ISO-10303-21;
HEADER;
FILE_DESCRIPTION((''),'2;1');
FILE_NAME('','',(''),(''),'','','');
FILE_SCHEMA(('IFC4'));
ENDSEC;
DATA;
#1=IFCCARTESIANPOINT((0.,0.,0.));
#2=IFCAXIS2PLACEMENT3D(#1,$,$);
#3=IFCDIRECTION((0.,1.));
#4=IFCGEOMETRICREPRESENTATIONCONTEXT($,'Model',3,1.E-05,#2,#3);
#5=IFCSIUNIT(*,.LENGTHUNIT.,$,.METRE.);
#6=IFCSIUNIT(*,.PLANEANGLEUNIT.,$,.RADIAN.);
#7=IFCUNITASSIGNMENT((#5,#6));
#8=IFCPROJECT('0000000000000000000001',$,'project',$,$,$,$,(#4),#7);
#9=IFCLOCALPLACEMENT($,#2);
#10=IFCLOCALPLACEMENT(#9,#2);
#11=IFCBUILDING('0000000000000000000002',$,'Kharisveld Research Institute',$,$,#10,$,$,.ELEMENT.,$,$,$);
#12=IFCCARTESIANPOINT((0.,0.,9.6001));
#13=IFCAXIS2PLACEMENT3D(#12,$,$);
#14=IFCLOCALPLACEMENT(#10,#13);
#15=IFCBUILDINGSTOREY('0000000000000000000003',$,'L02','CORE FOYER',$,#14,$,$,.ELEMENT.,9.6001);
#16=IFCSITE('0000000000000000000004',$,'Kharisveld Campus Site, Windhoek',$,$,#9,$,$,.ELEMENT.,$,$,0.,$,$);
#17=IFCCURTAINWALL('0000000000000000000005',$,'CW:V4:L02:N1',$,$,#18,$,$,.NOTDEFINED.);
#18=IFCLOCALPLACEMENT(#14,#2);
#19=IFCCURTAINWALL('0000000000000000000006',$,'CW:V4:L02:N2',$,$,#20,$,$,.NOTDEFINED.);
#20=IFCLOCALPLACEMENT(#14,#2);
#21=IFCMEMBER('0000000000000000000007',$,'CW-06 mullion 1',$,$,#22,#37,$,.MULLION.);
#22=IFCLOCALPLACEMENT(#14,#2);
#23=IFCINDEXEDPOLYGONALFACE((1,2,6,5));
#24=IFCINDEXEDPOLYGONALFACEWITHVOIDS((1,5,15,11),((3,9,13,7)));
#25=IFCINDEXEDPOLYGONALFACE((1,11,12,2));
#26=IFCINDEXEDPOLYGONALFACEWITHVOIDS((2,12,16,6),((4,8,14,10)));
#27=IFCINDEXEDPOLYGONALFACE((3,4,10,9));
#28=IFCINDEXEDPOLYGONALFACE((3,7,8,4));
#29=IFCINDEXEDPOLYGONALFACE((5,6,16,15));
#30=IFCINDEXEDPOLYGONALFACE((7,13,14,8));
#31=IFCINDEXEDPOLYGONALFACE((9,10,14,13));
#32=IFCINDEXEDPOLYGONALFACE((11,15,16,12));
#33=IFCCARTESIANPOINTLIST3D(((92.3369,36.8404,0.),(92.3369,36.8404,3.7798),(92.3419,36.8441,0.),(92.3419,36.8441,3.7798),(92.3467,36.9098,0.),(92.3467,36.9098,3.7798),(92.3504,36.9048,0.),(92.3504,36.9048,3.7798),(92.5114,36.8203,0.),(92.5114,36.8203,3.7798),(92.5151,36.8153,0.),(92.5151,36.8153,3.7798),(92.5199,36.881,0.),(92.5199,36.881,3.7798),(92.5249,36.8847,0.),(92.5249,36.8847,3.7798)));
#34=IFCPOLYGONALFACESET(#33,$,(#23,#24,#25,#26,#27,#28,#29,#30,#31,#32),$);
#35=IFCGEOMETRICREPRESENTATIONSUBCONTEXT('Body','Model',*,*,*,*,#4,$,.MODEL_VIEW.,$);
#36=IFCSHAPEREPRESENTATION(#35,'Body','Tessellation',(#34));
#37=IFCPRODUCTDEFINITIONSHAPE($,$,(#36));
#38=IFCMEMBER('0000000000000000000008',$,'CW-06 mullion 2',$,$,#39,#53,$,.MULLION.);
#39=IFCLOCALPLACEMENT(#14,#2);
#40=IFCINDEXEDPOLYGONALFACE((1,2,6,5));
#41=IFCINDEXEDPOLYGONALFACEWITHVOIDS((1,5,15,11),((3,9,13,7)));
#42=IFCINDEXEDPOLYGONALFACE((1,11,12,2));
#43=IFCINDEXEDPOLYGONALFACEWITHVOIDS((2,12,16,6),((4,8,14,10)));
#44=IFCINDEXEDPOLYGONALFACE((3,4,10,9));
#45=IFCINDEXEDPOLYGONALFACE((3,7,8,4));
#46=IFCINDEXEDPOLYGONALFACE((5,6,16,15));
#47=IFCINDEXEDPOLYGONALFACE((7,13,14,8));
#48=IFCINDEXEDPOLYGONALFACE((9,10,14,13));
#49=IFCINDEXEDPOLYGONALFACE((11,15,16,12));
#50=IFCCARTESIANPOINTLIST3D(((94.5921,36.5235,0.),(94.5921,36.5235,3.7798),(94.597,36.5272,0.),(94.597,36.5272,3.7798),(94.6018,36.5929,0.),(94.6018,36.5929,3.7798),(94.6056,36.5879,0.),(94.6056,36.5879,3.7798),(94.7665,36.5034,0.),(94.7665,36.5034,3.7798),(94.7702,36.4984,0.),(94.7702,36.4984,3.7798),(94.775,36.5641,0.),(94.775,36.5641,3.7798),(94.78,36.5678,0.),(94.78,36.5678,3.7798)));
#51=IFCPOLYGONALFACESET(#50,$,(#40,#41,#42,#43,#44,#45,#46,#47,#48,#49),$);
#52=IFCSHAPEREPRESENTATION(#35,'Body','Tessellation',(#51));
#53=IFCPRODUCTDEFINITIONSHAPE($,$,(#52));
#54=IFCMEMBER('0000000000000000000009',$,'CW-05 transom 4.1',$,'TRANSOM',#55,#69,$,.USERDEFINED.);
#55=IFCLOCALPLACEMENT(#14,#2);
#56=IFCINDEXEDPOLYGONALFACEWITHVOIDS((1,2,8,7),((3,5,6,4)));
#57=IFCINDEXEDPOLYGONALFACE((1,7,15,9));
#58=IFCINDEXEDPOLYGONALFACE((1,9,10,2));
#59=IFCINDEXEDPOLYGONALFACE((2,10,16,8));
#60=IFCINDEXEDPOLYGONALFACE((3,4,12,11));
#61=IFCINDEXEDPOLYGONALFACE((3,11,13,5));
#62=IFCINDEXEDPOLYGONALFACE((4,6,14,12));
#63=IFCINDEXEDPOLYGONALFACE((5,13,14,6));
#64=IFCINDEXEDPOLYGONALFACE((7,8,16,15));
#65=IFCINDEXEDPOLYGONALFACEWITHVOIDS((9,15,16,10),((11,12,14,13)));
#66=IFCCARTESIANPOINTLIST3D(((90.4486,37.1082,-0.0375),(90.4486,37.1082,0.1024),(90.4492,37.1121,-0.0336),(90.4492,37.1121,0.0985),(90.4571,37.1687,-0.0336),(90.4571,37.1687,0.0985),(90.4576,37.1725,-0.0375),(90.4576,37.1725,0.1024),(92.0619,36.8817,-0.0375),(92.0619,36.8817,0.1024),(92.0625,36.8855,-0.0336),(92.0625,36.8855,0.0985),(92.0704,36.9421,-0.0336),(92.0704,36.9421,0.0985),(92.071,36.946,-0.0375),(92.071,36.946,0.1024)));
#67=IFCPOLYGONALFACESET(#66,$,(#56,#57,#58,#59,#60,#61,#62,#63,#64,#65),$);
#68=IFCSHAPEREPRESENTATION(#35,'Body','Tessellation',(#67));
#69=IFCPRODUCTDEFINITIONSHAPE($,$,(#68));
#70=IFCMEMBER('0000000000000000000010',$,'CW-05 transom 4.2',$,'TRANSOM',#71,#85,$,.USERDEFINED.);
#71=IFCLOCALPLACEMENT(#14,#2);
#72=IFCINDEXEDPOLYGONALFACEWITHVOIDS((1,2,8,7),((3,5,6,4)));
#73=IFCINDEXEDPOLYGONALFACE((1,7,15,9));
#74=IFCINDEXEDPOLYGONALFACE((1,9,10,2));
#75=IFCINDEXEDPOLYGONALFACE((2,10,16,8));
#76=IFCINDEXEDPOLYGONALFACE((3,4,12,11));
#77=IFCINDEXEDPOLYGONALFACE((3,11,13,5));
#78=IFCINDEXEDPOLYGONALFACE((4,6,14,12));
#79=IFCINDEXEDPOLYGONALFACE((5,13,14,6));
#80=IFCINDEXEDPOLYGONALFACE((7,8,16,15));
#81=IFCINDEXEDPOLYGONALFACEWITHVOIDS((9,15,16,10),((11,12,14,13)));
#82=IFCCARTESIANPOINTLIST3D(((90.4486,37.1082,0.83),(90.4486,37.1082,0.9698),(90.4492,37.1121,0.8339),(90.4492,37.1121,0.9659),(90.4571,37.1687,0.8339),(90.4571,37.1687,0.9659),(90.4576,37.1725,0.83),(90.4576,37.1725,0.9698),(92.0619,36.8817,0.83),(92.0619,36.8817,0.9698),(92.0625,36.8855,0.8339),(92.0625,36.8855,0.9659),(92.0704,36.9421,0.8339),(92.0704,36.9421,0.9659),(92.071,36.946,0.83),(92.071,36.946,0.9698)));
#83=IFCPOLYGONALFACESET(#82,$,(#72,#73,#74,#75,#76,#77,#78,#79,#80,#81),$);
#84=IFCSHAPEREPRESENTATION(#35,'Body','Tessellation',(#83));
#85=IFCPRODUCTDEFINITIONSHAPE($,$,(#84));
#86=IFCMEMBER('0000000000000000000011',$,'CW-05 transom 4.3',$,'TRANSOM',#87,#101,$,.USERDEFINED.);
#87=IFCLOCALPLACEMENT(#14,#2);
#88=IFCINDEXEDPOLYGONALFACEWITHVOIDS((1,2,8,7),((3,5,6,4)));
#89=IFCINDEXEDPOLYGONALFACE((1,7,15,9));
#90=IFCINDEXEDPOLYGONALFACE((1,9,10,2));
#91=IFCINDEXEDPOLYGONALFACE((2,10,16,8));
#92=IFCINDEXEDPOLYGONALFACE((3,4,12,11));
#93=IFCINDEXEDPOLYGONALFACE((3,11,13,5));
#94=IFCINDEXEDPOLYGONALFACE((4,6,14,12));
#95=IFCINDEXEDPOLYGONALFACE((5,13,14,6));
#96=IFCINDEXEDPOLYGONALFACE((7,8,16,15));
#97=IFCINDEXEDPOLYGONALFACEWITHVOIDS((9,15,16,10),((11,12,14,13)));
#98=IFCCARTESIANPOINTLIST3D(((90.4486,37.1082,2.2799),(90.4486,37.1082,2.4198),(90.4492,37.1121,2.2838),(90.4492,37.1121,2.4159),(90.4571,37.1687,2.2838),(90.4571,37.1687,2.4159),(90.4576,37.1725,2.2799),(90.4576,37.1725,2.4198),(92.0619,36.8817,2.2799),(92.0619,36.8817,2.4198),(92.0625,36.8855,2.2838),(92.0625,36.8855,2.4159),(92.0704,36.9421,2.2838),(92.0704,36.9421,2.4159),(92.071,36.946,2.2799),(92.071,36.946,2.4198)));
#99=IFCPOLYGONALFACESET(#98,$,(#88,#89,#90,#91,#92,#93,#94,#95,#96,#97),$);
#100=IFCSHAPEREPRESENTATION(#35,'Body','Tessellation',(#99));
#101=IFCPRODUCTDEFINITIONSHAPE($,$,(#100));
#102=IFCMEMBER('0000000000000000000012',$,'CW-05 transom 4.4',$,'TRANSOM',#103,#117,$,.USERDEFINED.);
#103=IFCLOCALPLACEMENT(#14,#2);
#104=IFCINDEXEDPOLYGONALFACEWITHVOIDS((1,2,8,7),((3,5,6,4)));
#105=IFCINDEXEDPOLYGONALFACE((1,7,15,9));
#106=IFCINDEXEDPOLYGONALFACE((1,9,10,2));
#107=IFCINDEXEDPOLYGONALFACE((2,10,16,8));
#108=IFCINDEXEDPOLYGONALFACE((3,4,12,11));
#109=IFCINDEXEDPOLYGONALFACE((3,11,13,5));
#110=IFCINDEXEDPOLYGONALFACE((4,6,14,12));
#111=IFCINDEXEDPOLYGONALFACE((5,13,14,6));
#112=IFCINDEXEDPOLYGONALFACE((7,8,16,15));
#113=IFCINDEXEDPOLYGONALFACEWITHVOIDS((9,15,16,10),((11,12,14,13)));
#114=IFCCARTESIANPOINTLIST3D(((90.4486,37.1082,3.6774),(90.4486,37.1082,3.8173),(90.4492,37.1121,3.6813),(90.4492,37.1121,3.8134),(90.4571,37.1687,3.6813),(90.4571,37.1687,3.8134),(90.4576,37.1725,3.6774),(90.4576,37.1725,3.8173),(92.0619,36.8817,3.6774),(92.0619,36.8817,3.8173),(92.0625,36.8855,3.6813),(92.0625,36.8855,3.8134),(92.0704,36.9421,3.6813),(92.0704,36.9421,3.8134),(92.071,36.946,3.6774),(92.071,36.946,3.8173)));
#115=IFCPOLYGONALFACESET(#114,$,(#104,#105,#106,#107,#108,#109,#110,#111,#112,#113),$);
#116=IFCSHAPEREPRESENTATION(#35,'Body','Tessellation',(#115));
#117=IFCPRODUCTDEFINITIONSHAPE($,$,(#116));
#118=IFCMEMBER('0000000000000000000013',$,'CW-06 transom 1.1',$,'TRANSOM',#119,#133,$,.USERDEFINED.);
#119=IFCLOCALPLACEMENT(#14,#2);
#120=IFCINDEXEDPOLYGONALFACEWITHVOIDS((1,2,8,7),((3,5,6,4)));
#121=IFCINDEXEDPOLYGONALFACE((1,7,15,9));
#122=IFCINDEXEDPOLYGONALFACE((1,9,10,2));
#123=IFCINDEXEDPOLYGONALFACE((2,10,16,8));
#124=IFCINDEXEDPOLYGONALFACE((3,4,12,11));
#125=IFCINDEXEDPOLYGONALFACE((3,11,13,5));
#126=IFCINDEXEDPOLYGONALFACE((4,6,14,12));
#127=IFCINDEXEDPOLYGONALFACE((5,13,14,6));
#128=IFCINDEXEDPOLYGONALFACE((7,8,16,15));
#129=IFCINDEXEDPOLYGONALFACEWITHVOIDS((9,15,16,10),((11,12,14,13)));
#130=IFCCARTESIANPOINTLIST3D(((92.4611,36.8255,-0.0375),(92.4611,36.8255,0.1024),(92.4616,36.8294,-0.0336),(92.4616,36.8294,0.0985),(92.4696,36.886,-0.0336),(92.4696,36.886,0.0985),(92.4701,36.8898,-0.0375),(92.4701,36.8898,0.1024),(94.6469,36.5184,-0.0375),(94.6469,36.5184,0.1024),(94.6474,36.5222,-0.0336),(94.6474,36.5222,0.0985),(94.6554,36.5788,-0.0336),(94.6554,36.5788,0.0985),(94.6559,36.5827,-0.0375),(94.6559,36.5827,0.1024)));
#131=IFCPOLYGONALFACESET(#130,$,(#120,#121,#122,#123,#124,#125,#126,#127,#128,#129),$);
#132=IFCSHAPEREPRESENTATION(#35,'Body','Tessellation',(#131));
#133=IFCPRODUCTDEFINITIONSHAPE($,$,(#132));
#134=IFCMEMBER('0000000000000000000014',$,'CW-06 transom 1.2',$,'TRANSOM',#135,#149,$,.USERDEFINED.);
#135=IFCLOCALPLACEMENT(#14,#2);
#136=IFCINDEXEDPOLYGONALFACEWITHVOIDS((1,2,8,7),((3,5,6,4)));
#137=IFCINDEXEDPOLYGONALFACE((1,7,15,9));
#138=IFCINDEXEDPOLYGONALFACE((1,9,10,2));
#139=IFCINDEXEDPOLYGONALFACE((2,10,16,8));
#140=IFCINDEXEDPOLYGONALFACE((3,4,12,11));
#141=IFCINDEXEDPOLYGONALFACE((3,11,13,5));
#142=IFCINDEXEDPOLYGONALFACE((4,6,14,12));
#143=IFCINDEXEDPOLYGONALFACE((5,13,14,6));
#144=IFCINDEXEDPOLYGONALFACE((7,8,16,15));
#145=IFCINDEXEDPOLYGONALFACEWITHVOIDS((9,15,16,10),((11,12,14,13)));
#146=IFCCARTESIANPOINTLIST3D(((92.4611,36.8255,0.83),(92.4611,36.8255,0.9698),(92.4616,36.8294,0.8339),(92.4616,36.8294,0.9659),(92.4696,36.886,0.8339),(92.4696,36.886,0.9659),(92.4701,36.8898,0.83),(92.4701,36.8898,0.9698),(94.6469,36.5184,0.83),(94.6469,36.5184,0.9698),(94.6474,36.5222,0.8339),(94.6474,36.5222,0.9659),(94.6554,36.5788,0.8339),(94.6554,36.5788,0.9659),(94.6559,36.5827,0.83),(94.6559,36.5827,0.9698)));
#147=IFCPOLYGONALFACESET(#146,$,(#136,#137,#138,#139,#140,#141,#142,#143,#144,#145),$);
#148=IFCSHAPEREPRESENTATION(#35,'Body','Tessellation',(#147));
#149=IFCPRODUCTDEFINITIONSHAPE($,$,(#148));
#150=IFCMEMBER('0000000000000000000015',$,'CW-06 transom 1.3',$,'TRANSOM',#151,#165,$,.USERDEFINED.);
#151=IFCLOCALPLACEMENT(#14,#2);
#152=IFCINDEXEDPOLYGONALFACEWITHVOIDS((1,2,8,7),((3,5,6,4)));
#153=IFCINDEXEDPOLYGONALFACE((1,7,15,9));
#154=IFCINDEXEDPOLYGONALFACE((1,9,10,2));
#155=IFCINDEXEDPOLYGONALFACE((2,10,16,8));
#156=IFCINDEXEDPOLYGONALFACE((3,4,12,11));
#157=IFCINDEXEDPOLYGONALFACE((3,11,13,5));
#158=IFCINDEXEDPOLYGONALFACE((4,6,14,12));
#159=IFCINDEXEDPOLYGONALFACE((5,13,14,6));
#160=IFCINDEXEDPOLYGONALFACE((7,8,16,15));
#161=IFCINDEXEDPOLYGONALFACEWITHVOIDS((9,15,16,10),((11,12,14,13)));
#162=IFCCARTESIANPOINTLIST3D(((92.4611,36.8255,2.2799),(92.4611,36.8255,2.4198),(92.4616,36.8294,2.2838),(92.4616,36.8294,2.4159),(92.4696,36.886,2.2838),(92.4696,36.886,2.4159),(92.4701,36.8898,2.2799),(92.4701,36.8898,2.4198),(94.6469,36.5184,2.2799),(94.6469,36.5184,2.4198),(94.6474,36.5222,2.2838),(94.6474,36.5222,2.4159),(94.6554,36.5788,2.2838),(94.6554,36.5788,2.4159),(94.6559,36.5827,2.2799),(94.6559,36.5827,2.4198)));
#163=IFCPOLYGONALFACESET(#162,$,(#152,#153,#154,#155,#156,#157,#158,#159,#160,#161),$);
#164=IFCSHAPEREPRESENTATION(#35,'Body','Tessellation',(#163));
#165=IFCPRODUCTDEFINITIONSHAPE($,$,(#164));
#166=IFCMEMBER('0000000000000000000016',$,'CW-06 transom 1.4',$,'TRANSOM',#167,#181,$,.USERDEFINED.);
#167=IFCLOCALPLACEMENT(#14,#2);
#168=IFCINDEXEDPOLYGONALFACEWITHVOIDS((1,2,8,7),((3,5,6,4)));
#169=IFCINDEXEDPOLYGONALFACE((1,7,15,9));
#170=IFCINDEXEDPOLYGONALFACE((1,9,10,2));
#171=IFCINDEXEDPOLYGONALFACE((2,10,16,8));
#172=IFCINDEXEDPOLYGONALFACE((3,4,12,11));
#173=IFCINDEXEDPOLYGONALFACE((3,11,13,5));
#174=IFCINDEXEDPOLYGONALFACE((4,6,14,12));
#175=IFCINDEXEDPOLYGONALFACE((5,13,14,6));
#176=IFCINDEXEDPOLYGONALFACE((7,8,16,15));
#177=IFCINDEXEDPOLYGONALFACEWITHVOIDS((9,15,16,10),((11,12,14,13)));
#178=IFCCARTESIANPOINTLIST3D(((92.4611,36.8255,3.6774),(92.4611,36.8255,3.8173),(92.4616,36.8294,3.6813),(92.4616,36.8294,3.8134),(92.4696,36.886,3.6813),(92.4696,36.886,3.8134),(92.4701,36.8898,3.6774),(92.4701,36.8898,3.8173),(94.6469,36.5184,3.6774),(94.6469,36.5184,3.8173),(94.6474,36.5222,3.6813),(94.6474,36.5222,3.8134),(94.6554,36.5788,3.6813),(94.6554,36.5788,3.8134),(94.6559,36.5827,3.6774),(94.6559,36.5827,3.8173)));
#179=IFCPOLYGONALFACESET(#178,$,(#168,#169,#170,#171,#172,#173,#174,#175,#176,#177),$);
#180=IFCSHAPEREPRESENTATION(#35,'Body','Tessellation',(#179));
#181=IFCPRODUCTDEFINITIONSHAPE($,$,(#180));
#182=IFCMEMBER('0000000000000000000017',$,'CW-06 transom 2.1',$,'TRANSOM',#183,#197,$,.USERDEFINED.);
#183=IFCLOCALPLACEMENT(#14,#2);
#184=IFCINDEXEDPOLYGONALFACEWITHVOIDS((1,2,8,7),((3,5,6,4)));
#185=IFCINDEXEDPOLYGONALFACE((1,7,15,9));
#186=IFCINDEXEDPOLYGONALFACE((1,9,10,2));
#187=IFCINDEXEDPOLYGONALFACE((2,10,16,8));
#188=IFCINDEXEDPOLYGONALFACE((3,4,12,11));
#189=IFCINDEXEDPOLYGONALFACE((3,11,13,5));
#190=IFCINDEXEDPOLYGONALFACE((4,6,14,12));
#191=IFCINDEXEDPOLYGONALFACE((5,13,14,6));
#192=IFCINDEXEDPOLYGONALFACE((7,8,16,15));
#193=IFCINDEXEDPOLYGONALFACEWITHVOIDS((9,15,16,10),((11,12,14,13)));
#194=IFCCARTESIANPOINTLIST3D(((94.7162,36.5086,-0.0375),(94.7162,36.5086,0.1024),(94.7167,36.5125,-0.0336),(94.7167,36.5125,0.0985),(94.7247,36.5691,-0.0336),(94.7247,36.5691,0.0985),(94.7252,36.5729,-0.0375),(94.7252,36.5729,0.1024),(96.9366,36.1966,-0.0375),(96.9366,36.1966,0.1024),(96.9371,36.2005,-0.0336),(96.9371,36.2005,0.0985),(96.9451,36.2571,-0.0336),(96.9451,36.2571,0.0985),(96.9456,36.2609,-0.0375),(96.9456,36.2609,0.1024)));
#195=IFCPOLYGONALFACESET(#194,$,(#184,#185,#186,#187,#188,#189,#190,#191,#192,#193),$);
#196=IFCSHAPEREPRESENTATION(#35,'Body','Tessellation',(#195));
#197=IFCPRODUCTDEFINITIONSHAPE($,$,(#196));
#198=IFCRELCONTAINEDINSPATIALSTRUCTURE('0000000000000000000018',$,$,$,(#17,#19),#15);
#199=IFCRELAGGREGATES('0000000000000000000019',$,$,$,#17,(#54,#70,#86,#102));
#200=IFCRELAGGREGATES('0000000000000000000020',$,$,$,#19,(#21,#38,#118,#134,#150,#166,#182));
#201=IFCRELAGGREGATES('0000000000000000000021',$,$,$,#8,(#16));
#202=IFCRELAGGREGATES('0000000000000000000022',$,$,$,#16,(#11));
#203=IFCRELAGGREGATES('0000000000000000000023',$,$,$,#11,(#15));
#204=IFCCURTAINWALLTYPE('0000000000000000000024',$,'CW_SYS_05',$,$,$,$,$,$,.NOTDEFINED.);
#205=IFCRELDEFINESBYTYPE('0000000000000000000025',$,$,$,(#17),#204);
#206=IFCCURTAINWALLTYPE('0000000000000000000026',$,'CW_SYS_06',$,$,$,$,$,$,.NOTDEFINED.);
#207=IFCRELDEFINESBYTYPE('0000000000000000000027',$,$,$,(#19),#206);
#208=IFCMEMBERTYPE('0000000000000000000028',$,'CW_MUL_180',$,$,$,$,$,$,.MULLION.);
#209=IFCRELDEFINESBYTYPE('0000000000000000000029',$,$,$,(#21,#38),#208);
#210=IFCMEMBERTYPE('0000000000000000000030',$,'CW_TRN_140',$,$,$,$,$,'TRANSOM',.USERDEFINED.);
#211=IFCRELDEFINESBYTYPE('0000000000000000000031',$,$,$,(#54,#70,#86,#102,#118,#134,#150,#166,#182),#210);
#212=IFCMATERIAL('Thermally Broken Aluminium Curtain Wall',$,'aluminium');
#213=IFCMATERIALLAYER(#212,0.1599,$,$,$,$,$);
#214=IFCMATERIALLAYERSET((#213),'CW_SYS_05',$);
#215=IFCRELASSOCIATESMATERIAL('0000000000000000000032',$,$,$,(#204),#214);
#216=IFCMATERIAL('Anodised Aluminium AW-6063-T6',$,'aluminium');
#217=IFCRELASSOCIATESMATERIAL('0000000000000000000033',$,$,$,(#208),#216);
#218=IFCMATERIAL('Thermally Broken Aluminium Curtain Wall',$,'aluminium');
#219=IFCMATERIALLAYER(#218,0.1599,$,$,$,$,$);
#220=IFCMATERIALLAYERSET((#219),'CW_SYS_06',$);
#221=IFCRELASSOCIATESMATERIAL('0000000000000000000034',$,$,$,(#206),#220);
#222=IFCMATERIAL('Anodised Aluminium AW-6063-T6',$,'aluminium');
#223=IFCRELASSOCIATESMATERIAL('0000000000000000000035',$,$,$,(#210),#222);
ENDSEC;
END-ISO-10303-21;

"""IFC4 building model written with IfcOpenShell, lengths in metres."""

from ifc_helpers import new_model, si_unit, direction, frame, origin, origin_2d, place, context, subcontext, project, spatial, hollow_rectangle, extrude, material, layer, layer_set, material_profile, profile_set, type_object, element, aggregate, save


model = new_model("IFC4")

# Units and contexts
model_context = context("Model", 3, precision=1e-05, world=origin(), true_north=direction((0.0, 1.0)))
body_context = subcontext(model_context, "Body", "Model", "MODEL_VIEW")
ifc_project = project(units=[si_unit("LENGTHUNIT", "METRE"), si_unit("PLANEANGLEUNIT", "RADIAN")], contexts=[model_context])

# Site, building, storey
site_placement = place(None, origin())
site = spatial("IfcSite", under=ifc_project, at=site_placement, Name="Kharisveld Campus Site, Windhoek", CompositionType="ELEMENT", RefElevation=0.0)
building_placement = place(site_placement, origin())
building = spatial("IfcBuilding", under=site, at=building_placement, Name="Kharisveld Research Institute", CompositionType="ELEMENT")
storey_placement = place(building_placement, frame((0.0, 0.0, 9.6001)))
storey = spatial("IfcBuildingStorey", under=building, at=storey_placement, Name="L02", Description="CORE FOYER", CompositionType="ELEMENT", Elevation=9.6001)

# Curtain walls, members
ifc_material_1 = material(Name="Thermally Broken Aluminium Curtain Wall", Category="aluminium")
ifc_layer_1 = layer(ifc_material_1, 0.1599)
ifc_layer_set_1 = layer_set([ifc_layer_1], Name="CW_SYS_05")
curtain_wall_type_1 = type_object("IfcCurtainWallType", Name="CW_SYS_05", PredefinedType="NOTDEFINED", material=ifc_layer_set_1)
curtain_wall_1_placement = place(storey_placement, origin())
curtain_wall_1 = element("IfcCurtainWall", 1, at=curtain_wall_1_placement, inside=storey, type_object=curtain_wall_type_1, Name="CW:V4:L02:N1", PredefinedType="NOTDEFINED")
ifc_material_2 = material(Name="Anodised Aluminium AW-6063-T6", Category="aluminium")
ifc_material_profile_1 = material_profile(ifc_material_2, hollow_rectangle(XDim=0.0701, YDim=0.1799, WallThickness=0.0044, at=origin_2d()))
ifc_profile_set_1 = profile_set([ifc_material_profile_1], Name="Anodised Aluminium AW-6063-T6")
member_type_1 = type_object("IfcMemberType", Name="CW_MUL_180", PredefinedType="MULLION", material=ifc_profile_set_1)
ifc_material_3 = material(Name="Thermally Broken Aluminium Curtain Wall", Category="aluminium")
ifc_layer_2 = layer(ifc_material_3, 0.1599)
ifc_layer_set_2 = layer_set([ifc_layer_2], Name="CW_SYS_06")
curtain_wall_type_2 = type_object("IfcCurtainWallType", Name="CW_SYS_06", PredefinedType="NOTDEFINED", material=ifc_layer_set_2)
curtain_wall_2_placement = place(storey_placement, origin())
curtain_wall_2 = element("IfcCurtainWall", 2, at=curtain_wall_2_placement, inside=storey, type_object=curtain_wall_type_2, Name="CW:V4:L02:N2", PredefinedType="NOTDEFINED")
member_1_placement = place(storey_placement, frame((92.4309, 36.8625, 0.0), z_axis=(0.0, 0.0, 1.0), x_axis=(0.139173, 0.990268, 0.0)))
member_1 = element("IfcMember", 3, at=member_1_placement, type_object=member_type_1, Name="CW-06 mullion 1", PredefinedType="MULLION", context=body_context, shape_type="SweptSolid", body=[
    extrude(hollow_rectangle(XDim=0.0701, YDim=0.1799, WallThickness=0.0044, at=origin_2d()), origin(), (0.0, 0.0, 1.0), 3.7798),
])
member_2_placement = place(storey_placement, frame((94.686, 36.5457, 0.0), z_axis=(0.0, 0.0, 1.0), x_axis=(0.139173, 0.990268, 0.0)))
member_2 = element("IfcMember", 4, at=member_2_placement, type_object=member_type_1, Name="CW-06 mullion 2", PredefinedType="MULLION", context=body_context, shape_type="SweptSolid", body=[
    extrude(hollow_rectangle(XDim=0.0701, YDim=0.1799, WallThickness=0.0044, at=origin_2d()), origin(), (0.0, 0.0, 1.0), 3.7798),
])

# Members
ifc_material_4 = material(Name="Anodised Aluminium AW-6063-T6", Category="aluminium")
ifc_material_profile_2 = material_profile(ifc_material_4, hollow_rectangle(XDim=0.0649, YDim=0.1399, WallThickness=0.0039, at=origin_2d()))
ifc_profile_set_2 = profile_set([ifc_material_profile_2], Name="Anodised Aluminium AW-6063-T6")
member_type_2 = type_object("IfcMemberType", Name="CW_TRN_140", ElementType="TRANSOM", PredefinedType="USERDEFINED", material=ifc_profile_set_2)
member_3_placement = place(storey_placement, frame((90.4531, 37.1404, 0.0325), z_axis=(0.990282, -0.139071, 0.0), x_axis=(0.139071, 0.990282, 0.0)))
member_3 = element("IfcMember", 5, at=member_3_placement, type_object=member_type_2, Name="CW-05 transom 4.1", ObjectType="TRANSOM", PredefinedType="USERDEFINED", context=body_context, shape_type="SweptSolid", body=[
    extrude(hollow_rectangle(XDim=0.0649, YDim=0.1399, WallThickness=0.0039, at=origin_2d()), origin(), (0.0, 0.0, 1.0), 1.6292),
])
member_4_placement = place(storey_placement, frame((90.4531, 37.1404, 0.8999), z_axis=(0.990282, -0.139071, 0.0), x_axis=(0.139071, 0.990282, 0.0)))
member_4 = element("IfcMember", 6, at=member_4_placement, type_object=member_type_2, Name="CW-05 transom 4.2", ObjectType="TRANSOM", PredefinedType="USERDEFINED", context=body_context, shape_type="SweptSolid", body=[
    extrude(hollow_rectangle(XDim=0.0649, YDim=0.1399, WallThickness=0.0039, at=origin_2d()), origin(), (0.0, 0.0, 1.0), 1.6292),
])
member_5_placement = place(storey_placement, frame((90.4531, 37.1404, 2.3499), z_axis=(0.990282, -0.139071, 0.0), x_axis=(0.139071, 0.990282, 0.0)))
member_5 = element("IfcMember", 7, at=member_5_placement, type_object=member_type_2, Name="CW-05 transom 4.3", ObjectType="TRANSOM", PredefinedType="USERDEFINED", context=body_context, shape_type="SweptSolid", body=[
    extrude(hollow_rectangle(XDim=0.0649, YDim=0.1399, WallThickness=0.0039, at=origin_2d()), origin(), (0.0, 0.0, 1.0), 1.6292),
])
member_6_placement = place(storey_placement, frame((90.4531, 37.1404, 3.7473), z_axis=(0.990282, -0.139071, 0.0), x_axis=(0.139071, 0.990282, 0.0)))
member_6 = element("IfcMember", 8, at=member_6_placement, type_object=member_type_2, Name="CW-05 transom 4.4", ObjectType="TRANSOM", PredefinedType="USERDEFINED", context=body_context, shape_type="SweptSolid", body=[
    extrude(hollow_rectangle(XDim=0.0649, YDim=0.1399, WallThickness=0.0039, at=origin_2d()), origin(), (0.0, 0.0, 1.0), 1.6292),
])
member_7_placement = place(storey_placement, frame((92.4656, 36.8577, 0.0325), z_axis=(0.990272, -0.139145, 0.0), x_axis=(0.139145, 0.990272, 0.0)))
member_7 = element("IfcMember", 9, at=member_7_placement, type_object=member_type_2, Name="CW-06 transom 1.1", ObjectType="TRANSOM", PredefinedType="USERDEFINED", context=body_context, shape_type="SweptSolid", body=[
    extrude(hollow_rectangle(XDim=0.0649, YDim=0.1399, WallThickness=0.0039, at=origin_2d()), origin(), (0.0, 0.0, 1.0), 2.2073),
])
member_8_placement = place(storey_placement, frame((92.4656, 36.8577, 0.8999), z_axis=(0.990272, -0.139145, 0.0), x_axis=(0.139145, 0.990272, 0.0)))
member_8 = element("IfcMember", 10, at=member_8_placement, type_object=member_type_2, Name="CW-06 transom 1.2", ObjectType="TRANSOM", PredefinedType="USERDEFINED", context=body_context, shape_type="SweptSolid", body=[
    extrude(hollow_rectangle(XDim=0.0649, YDim=0.1399, WallThickness=0.0039, at=origin_2d()), origin(), (0.0, 0.0, 1.0), 2.2073),
])
member_9_placement = place(storey_placement, frame((92.4656, 36.8577, 2.3499), z_axis=(0.990272, -0.139145, 0.0), x_axis=(0.139145, 0.990272, 0.0)))
member_9 = element("IfcMember", 11, at=member_9_placement, type_object=member_type_2, Name="CW-06 transom 1.3", ObjectType="TRANSOM", PredefinedType="USERDEFINED", context=body_context, shape_type="SweptSolid", body=[
    extrude(hollow_rectangle(XDim=0.0649, YDim=0.1399, WallThickness=0.0039, at=origin_2d()), origin(), (0.0, 0.0, 1.0), 2.2073),
])
member_10_placement = place(storey_placement, frame((92.4656, 36.8577, 3.7473), z_axis=(0.990272, -0.139145, 0.0), x_axis=(0.139145, 0.990272, 0.0)))
member_10 = element("IfcMember", 12, at=member_10_placement, type_object=member_type_2, Name="CW-06 transom 1.4", ObjectType="TRANSOM", PredefinedType="USERDEFINED", context=body_context, shape_type="SweptSolid", body=[
    extrude(hollow_rectangle(XDim=0.0649, YDim=0.1399, WallThickness=0.0039, at=origin_2d()), origin(), (0.0, 0.0, 1.0), 2.2073),
])
member_11_placement = place(storey_placement, frame((94.7207, 36.5408, 0.0325), z_axis=(0.990271, -0.13915, 0.0), x_axis=(0.13915, 0.990271, 0.0)))
member_11 = element("IfcMember", 13, at=member_11_placement, type_object=member_type_2, Name="CW-06 transom 2.1", ObjectType="TRANSOM", PredefinedType="USERDEFINED", context=body_context, shape_type="SweptSolid", body=[
    extrude(hollow_rectangle(XDim=0.0649, YDim=0.1399, WallThickness=0.0039, at=origin_2d()), origin(), (0.0, 0.0, 1.0), 2.2422),
])

aggregate(curtain_wall_1, [member_3, member_4, member_5, member_6])
aggregate(curtain_wall_2, [member_1, member_2, member_7, member_8, member_9, member_10, member_11])

save(model, "model.ifc")
